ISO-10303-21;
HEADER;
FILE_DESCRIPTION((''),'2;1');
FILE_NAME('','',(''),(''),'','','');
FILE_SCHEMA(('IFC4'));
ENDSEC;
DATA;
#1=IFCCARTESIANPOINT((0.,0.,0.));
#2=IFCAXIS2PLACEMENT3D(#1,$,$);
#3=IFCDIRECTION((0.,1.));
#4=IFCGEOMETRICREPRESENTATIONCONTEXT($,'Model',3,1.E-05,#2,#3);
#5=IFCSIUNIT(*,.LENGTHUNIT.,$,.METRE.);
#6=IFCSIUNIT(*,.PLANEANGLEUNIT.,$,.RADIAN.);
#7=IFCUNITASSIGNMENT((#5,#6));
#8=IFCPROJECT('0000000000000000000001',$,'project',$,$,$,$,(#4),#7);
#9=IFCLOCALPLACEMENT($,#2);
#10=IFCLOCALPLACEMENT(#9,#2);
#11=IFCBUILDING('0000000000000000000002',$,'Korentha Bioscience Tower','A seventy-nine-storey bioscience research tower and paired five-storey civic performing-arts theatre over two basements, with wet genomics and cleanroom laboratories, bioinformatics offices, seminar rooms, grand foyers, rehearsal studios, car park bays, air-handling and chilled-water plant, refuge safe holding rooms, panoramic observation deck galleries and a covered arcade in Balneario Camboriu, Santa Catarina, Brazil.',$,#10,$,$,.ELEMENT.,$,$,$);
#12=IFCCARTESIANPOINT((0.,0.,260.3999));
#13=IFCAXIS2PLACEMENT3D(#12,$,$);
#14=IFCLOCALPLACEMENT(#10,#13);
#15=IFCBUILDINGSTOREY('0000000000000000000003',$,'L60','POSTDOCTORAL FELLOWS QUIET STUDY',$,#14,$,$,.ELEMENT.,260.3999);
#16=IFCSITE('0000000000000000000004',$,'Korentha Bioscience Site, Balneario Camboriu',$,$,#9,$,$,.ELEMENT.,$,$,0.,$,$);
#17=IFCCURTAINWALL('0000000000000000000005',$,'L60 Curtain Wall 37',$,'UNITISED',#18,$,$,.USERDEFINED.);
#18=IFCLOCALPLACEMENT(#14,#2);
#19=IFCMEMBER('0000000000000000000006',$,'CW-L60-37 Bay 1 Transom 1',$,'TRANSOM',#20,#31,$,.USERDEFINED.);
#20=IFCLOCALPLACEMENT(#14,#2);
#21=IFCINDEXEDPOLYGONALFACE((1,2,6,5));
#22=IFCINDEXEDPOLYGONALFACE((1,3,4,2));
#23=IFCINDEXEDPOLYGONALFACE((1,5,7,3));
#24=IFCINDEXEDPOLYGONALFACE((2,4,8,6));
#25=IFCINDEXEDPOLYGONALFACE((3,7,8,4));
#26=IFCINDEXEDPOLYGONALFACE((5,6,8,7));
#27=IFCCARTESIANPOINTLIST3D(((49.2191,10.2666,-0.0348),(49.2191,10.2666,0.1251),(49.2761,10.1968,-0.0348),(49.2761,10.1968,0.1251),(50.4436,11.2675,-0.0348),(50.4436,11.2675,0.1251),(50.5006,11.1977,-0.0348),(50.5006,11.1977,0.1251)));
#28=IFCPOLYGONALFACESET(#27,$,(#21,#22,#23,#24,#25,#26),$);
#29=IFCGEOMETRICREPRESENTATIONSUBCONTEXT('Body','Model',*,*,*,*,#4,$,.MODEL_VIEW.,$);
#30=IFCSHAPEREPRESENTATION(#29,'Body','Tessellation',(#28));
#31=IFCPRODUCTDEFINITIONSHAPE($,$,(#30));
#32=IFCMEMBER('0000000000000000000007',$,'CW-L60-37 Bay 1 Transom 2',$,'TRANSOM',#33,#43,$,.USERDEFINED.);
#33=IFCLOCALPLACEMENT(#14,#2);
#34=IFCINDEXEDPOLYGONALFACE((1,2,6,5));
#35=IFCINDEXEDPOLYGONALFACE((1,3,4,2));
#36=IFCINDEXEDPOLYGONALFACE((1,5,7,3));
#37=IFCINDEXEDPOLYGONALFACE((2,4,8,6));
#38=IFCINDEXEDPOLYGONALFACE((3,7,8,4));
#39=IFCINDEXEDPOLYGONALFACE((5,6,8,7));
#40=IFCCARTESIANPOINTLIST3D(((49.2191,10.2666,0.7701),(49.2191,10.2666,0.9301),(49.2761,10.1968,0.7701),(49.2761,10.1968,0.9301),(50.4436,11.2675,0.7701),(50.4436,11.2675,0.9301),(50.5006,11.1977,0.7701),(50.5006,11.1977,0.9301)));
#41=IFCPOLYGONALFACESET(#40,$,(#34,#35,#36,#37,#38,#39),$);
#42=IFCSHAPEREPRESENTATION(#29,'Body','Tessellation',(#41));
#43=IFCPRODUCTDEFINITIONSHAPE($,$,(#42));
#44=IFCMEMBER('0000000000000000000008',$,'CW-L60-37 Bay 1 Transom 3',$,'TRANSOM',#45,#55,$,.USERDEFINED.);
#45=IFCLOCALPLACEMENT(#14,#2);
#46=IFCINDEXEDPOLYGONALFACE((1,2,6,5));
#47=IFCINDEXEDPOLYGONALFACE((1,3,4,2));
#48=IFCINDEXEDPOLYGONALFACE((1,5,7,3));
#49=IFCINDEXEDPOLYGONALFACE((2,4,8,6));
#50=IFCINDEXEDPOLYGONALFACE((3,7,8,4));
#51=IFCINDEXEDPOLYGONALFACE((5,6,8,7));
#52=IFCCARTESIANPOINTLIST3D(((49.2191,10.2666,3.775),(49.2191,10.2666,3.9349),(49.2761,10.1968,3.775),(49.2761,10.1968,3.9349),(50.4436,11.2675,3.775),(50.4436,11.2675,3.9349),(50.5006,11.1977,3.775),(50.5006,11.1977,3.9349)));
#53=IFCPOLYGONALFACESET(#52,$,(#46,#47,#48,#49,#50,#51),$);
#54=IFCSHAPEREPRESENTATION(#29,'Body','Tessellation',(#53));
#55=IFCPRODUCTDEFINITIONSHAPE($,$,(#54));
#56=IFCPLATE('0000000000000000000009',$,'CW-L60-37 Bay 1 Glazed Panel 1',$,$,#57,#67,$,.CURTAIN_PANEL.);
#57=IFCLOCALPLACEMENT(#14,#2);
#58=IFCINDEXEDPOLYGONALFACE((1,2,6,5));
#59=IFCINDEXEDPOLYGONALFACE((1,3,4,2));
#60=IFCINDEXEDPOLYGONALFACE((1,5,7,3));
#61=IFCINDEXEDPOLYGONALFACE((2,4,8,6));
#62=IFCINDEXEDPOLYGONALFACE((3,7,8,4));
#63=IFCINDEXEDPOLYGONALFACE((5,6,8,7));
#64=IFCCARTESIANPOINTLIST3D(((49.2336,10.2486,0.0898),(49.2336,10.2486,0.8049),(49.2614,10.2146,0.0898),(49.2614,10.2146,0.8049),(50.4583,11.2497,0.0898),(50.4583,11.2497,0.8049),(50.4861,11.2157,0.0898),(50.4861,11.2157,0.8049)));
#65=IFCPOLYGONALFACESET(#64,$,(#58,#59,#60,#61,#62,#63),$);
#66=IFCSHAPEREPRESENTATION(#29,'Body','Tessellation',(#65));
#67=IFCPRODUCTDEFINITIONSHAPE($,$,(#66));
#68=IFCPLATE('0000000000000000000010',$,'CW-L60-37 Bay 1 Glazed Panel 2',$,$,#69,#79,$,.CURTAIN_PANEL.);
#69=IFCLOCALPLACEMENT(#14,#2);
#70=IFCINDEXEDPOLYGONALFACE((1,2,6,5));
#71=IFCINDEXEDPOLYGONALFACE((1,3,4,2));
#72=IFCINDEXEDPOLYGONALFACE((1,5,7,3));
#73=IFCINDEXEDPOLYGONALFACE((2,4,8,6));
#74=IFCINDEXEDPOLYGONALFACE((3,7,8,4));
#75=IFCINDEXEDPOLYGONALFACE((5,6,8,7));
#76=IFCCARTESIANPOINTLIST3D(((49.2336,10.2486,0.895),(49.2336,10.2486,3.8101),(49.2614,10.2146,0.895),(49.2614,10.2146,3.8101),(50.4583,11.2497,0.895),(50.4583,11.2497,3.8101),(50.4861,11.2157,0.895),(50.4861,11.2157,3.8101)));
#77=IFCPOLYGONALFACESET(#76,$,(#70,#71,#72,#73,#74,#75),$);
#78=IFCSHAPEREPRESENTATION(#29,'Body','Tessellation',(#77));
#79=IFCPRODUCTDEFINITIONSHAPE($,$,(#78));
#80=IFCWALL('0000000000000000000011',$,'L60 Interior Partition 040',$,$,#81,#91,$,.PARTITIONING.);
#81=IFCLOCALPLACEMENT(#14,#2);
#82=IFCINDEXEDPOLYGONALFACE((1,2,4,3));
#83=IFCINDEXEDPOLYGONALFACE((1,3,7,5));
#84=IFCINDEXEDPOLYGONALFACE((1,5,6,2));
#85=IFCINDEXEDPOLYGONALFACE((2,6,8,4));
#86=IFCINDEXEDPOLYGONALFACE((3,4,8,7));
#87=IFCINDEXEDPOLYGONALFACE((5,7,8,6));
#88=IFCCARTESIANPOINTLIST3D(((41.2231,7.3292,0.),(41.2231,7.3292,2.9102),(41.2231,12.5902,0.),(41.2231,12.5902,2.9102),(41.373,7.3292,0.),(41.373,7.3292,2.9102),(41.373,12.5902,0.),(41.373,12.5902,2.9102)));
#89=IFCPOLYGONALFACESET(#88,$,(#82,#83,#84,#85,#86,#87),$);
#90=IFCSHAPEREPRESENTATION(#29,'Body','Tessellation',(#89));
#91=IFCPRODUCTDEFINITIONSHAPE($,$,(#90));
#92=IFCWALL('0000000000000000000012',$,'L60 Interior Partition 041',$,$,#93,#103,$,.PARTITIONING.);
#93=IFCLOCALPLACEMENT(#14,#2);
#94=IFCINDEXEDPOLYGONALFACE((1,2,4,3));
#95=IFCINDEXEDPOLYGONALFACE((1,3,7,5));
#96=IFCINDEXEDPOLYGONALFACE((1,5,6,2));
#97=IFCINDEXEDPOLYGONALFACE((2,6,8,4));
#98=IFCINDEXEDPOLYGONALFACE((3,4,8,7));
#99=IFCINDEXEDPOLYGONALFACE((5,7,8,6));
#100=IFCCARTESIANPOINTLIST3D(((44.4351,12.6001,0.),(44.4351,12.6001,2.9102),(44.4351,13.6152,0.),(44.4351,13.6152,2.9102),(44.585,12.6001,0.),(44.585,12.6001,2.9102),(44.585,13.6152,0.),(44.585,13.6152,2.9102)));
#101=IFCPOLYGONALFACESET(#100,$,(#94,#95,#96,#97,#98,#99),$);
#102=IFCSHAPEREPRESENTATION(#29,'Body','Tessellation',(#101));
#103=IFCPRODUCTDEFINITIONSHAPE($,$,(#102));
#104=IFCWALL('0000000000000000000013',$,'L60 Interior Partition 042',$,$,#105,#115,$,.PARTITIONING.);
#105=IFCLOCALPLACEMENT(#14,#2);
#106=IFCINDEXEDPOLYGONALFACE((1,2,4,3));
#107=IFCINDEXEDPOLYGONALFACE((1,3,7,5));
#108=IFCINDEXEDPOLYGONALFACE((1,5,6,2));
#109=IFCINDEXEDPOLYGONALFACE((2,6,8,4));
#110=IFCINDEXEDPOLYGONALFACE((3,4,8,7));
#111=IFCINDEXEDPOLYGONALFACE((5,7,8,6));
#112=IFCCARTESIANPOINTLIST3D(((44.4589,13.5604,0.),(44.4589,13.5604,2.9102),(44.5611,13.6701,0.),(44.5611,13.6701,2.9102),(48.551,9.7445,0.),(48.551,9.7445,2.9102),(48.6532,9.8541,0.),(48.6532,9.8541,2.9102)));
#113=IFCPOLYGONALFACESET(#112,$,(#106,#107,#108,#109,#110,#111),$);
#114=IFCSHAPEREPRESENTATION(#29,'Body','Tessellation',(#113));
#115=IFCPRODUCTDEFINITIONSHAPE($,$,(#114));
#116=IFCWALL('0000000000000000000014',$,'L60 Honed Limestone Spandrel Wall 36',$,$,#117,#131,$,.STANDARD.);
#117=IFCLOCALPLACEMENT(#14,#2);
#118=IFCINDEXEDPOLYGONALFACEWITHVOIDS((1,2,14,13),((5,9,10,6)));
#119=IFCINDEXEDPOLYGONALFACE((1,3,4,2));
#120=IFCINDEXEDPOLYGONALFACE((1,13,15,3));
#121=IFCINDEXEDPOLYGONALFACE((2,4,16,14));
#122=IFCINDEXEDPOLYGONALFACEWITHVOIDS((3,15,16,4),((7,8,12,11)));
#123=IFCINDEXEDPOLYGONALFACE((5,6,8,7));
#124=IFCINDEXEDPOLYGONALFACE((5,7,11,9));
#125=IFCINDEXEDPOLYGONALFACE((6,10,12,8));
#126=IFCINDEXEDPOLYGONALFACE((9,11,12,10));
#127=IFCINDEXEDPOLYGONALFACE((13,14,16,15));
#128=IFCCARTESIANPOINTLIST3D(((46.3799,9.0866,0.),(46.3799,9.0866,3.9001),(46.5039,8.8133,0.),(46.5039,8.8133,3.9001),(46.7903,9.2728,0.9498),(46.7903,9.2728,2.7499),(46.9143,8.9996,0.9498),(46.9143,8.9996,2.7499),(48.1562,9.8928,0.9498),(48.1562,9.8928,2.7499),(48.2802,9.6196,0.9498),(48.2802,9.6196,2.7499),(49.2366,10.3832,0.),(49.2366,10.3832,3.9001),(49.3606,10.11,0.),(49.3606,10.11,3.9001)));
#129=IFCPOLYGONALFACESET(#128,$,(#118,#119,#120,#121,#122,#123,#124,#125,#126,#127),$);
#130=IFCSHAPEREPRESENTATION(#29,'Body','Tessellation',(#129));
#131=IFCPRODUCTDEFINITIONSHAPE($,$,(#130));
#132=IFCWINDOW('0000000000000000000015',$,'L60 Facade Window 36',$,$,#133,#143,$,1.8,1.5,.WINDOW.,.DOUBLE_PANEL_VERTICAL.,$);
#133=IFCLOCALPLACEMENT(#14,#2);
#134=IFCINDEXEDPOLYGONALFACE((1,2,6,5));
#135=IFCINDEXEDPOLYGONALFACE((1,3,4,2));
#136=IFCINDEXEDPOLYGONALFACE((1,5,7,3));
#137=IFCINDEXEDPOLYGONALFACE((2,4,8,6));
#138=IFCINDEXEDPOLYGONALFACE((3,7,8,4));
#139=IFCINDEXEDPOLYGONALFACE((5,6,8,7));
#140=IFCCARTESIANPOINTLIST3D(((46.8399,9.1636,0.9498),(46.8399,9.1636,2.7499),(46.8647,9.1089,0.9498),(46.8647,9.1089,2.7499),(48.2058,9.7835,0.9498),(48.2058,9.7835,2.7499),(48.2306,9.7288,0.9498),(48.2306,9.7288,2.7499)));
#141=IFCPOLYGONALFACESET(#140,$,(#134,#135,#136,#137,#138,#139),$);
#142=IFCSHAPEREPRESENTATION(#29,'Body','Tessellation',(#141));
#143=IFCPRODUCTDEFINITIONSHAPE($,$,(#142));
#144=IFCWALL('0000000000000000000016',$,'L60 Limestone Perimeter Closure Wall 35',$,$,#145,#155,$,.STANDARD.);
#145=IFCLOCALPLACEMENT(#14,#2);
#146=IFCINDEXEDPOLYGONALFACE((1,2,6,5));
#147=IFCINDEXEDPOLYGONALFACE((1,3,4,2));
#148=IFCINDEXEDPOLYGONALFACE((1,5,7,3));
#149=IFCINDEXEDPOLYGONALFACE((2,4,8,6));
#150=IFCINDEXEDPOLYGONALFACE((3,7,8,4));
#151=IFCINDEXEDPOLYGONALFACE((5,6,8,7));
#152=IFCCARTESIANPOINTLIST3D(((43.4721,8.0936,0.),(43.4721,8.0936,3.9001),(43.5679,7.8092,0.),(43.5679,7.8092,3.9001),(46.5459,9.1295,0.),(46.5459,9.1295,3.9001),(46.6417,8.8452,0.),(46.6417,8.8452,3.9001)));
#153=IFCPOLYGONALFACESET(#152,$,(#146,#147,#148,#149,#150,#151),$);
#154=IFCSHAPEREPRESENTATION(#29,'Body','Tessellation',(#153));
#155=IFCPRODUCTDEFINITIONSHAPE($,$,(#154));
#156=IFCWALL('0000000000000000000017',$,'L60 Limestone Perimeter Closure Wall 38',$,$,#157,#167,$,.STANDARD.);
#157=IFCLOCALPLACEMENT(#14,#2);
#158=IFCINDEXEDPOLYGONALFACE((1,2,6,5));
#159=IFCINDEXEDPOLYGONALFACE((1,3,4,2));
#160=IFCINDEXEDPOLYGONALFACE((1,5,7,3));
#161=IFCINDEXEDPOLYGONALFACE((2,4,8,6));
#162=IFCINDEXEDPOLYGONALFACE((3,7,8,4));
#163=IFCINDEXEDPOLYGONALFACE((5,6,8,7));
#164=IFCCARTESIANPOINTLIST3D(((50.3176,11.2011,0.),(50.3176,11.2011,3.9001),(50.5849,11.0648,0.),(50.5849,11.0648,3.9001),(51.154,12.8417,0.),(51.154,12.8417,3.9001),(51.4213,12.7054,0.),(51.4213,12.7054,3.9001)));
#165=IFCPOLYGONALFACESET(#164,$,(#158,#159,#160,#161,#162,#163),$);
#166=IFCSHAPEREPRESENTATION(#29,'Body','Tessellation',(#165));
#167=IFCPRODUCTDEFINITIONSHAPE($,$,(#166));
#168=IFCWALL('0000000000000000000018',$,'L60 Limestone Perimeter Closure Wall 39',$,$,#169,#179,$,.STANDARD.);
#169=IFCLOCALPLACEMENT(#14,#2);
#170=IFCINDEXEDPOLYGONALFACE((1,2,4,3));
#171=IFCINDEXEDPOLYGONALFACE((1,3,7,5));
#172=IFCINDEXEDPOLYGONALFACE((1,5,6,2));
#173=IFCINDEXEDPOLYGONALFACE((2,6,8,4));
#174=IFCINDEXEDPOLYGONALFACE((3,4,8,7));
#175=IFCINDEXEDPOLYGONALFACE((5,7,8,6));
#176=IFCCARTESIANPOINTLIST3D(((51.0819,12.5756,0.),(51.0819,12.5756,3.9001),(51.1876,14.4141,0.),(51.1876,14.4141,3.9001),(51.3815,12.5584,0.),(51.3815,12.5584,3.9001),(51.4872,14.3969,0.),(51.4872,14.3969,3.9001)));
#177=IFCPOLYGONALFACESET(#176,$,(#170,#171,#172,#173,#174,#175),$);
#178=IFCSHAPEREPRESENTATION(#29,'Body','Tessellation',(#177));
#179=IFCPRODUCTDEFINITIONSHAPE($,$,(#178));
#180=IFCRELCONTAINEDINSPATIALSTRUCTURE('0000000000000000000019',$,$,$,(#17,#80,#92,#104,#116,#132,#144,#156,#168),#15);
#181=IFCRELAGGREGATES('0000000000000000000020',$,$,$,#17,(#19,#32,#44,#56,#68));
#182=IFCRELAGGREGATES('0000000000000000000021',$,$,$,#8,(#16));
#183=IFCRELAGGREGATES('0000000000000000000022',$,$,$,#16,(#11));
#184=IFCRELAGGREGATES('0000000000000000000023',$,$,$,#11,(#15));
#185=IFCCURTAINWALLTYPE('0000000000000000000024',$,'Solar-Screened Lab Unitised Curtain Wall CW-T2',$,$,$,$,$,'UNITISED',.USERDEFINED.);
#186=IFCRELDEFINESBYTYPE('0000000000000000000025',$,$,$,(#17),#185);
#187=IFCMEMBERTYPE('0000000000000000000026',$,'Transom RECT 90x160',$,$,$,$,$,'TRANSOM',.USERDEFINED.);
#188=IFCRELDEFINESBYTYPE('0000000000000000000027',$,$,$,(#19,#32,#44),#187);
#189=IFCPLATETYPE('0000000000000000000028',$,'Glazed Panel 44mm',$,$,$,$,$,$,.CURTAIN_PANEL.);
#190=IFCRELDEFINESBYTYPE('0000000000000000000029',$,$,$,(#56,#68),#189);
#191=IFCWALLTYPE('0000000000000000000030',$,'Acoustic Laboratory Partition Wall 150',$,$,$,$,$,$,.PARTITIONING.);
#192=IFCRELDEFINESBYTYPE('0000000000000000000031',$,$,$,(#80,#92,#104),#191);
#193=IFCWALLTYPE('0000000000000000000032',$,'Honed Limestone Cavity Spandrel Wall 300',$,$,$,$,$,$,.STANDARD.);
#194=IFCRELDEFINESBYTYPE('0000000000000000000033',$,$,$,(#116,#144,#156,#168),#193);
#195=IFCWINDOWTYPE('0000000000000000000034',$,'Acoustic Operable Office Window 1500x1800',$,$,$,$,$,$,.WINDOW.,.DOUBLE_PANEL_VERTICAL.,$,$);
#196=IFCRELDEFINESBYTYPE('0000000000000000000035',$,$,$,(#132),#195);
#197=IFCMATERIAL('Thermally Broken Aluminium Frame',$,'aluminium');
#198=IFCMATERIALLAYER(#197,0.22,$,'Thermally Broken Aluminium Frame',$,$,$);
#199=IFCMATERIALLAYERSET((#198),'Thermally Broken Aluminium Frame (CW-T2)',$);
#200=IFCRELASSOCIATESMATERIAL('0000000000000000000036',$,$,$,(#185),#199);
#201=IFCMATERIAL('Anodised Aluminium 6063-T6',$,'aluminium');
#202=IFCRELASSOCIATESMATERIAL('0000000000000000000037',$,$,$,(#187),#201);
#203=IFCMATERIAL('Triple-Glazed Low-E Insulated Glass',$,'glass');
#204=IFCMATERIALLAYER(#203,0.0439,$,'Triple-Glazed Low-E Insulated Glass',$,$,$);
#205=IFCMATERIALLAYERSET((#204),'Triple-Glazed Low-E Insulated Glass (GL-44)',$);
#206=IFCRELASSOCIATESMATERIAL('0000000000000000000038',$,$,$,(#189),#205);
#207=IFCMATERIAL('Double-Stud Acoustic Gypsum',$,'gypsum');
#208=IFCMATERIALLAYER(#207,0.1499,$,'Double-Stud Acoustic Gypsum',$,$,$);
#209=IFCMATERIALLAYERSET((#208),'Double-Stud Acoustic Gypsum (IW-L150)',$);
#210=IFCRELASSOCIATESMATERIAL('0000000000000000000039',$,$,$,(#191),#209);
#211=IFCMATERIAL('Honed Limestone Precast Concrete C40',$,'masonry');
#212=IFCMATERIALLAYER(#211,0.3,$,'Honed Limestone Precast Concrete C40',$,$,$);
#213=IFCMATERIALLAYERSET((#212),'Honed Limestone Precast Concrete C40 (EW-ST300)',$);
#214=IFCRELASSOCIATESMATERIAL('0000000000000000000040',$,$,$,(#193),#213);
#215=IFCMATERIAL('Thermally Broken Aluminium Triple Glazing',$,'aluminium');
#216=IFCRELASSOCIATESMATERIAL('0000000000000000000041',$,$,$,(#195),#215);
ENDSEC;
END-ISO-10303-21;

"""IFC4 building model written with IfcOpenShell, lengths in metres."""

from ifc_helpers import new_model, si_unit, direction, frame, frame_2d, origin, origin_2d, place, context, subcontext, project, spatial, rectangle, extrude, material, layer, layer_set, material_profile, profile_set, type_object, element, fill, aggregate, save


model = new_model("IFC4")

# Units and contexts
model_context = context("Model", 3, precision=1e-05, world=origin(), true_north=direction((0.0, 1.0)))
body_context = subcontext(model_context, "Body", "Model", "MODEL_VIEW")
ifc_project = project(units=[si_unit("LENGTHUNIT", "METRE"), si_unit("PLANEANGLEUNIT", "RADIAN")], contexts=[model_context])

# Site, building, storey
site_placement = place(None, origin())
site = spatial("IfcSite", under=ifc_project, at=site_placement, Name="Korentha Bioscience Site, Balneario Camboriu", CompositionType="ELEMENT", RefElevation=0.0)
building_placement = place(site_placement, origin())
building = spatial("IfcBuilding", under=site, at=building_placement, Name="Korentha Bioscience Tower", Description="A seventy-nine-storey bioscience research tower and paired five-storey civic performing-arts theatre over two basements, with wet genomics and cleanroom laboratories, bioinformatics offices, seminar rooms, grand foyers, rehearsal studios, car park bays, air-handling and chilled-water plant, refuge safe holding rooms, panoramic observation deck galleries and a covered arcade in Balneario Camboriu, Santa Catarina, Brazil.", CompositionType="ELEMENT")
storey_placement = place(building_placement, frame((0.0, 0.0, 260.3999)))
storey = spatial("IfcBuildingStorey", under=building, at=storey_placement, Name="L60", Description="POSTDOCTORAL FELLOWS QUIET STUDY", CompositionType="ELEMENT", Elevation=260.3999)

# Curtain wall
ifc_material_1 = material(Name="Thermally Broken Aluminium Frame", Category="aluminium")
ifc_layer_1 = layer(ifc_material_1, 0.22, Name="Thermally Broken Aluminium Frame")
ifc_layer_set_1 = layer_set([ifc_layer_1], Name="Thermally Broken Aluminium Frame (CW-T2)")
curtain_wall_type = type_object("IfcCurtainWallType", Name="Solar-Screened Lab Unitised Curtain Wall CW-T2", ElementType="UNITISED", PredefinedType="USERDEFINED", material=ifc_layer_set_1)
curtain_wall_placement = place(storey_placement, origin())
curtain_wall = element("IfcCurtainWall", 1, at=curtain_wall_placement, inside=storey, type_object=curtain_wall_type, Name="L60 Curtain Wall 37", ObjectType="UNITISED", PredefinedType="USERDEFINED")
ifc_material_2 = material(Name="Anodised Aluminium 6063-T6", Category="aluminium")

# Members
ifc_material_profile_1 = material_profile(ifc_material_2, rectangle(XDim=0.0901, YDim=0.1599, at=origin_2d()), Name="Anodised Aluminium 6063-T6")
ifc_profile_set_1 = profile_set([ifc_material_profile_1], Name="Anodised Aluminium 6063-T6 (CW-TRN)")
member_type_1 = type_object("IfcMemberType", Name="Transom RECT 90x160", ElementType="TRANSOM", PredefinedType="USERDEFINED", material=ifc_profile_set_1)
member_1_placement = place(storey_placement, frame((49.2476, 10.2317, 0.0452), z_axis=(0.77426, 0.632868, 0.0), x_axis=(-0.632868, 0.77426, 0.0)))
member_1 = element("IfcMember", 2, at=member_1_placement, type_object=member_type_1, Name="CW-L60-37 Bay 1 Transom 1", ObjectType="TRANSOM", PredefinedType="USERDEFINED", context=body_context, shape_type="SweptSolid", body=[
    extrude(rectangle(XDim=0.0901, YDim=0.1599, at=origin_2d()), origin(), (0.0, 0.0, 1.0), 1.5815),
])
member_2_placement = place(storey_placement, frame((49.2476, 10.2317, 0.8501), z_axis=(0.77426, 0.632868, 0.0), x_axis=(-0.632868, 0.77426, 0.0)))
member_2 = element("IfcMember", 3, at=member_2_placement, type_object=member_type_1, Name="CW-L60-37 Bay 1 Transom 2", ObjectType="TRANSOM", PredefinedType="USERDEFINED", context=body_context, shape_type="SweptSolid", body=[
    extrude(rectangle(XDim=0.0901, YDim=0.1599, at=origin_2d()), origin(), (0.0, 0.0, 1.0), 1.5815),
])
member_3_placement = place(storey_placement, frame((49.2476, 10.2317, 3.855), z_axis=(0.77426, 0.632868, 0.0), x_axis=(-0.632868, 0.77426, 0.0)))
member_3 = element("IfcMember", 4, at=member_3_placement, type_object=member_type_1, Name="CW-L60-37 Bay 1 Transom 3", ObjectType="TRANSOM", PredefinedType="USERDEFINED", context=body_context, shape_type="SweptSolid", body=[
    extrude(rectangle(XDim=0.0901, YDim=0.1599, at=origin_2d()), origin(), (0.0, 0.0, 1.0), 1.5815),
])

# Plates
ifc_material_3 = material(Name="Triple-Glazed Low-E Insulated Glass", Category="glass")
ifc_layer_2 = layer(ifc_material_3, 0.0439, Name="Triple-Glazed Low-E Insulated Glass")
ifc_layer_set_2 = layer_set([ifc_layer_2], Name="Triple-Glazed Low-E Insulated Glass (GL-44)")
plate_type = type_object("IfcPlateType", Name="Glazed Panel 44mm", PredefinedType="CURTAIN_PANEL", material=ifc_layer_set_2)
plate_1_placement = place(storey_placement, frame((49.8599, 10.7322, 0.0898), z_axis=(0.0, 0.0, 1.0), x_axis=(0.774235, 0.632898, 0.0)))
plate_1 = element("IfcPlate", 5, at=plate_1_placement, type_object=plate_type, Name="CW-L60-37 Bay 1 Glazed Panel 1", PredefinedType="CURTAIN_PANEL", context=body_context, shape_type="SweptSolid", body=[
    extrude(rectangle(XDim=1.5818, YDim=0.0439, at=origin_2d()), origin(), (0.0, 0.0, 1.0), 0.7151),
])
plate_2_placement = place(storey_placement, frame((49.8599, 10.7322, 0.895), z_axis=(0.0, 0.0, 1.0), x_axis=(0.774235, 0.632898, 0.0)))
plate_2 = element("IfcPlate", 6, at=plate_2_placement, type_object=plate_type, Name="CW-L60-37 Bay 1 Glazed Panel 2", PredefinedType="CURTAIN_PANEL", context=body_context, shape_type="SweptSolid", body=[
    extrude(rectangle(XDim=1.5818, YDim=0.0439, at=origin_2d()), origin(), (0.0, 0.0, 1.0), 2.915),
])
aggregate(curtain_wall, [member_1, member_2, member_3, plate_1, plate_2])

# Shared definitions
ifc_material_4 = material(Name="Double-Stud Acoustic Gypsum", Category="gypsum")
ifc_layer_3 = layer(ifc_material_4, 0.1499, Name="Double-Stud Acoustic Gypsum")
ifc_layer_set_3 = layer_set([ifc_layer_3], Name="Double-Stud Acoustic Gypsum (IW-L150)")
wall_type_1 = type_object("IfcWallType", Name="Acoustic Laboratory Partition Wall 150", PredefinedType="PARTITIONING", material=ifc_layer_set_3)

# Walls
wall_1_placement = place(storey_placement, frame((41.2981, 12.5901, 0.0), z_axis=(0.0, 0.0, 1.0), x_axis=(0.0, -1.0, 0.0)))
element("IfcWall", 7, at=wall_1_placement, inside=storey, type_object=wall_type_1, Name="L60 Interior Partition 040", PredefinedType="PARTITIONING", context=body_context, shape_type="SweptSolid", body=[
    extrude(rectangle(XDim=5.261, YDim=0.1499, at=frame_2d((2.6304, 0.0))), origin(), (0.0, 0.0, 1.0), 2.9102),
])
wall_2_placement = place(storey_placement, frame((44.51, 12.6001, 0.0), z_axis=(0.0, 0.0, 1.0), x_axis=(0.0, 1.0, 0.0)))
element("IfcWall", 8, at=wall_2_placement, inside=storey, type_object=wall_type_1, Name="L60 Interior Partition 041", PredefinedType="PARTITIONING", context=body_context, shape_type="SweptSolid", body=[
    extrude(rectangle(XDim=1.0151, YDim=0.1499, at=frame_2d((0.5076, 0.0))), origin(), (0.0, 0.0, 1.0), 2.9102),
])
wall_3_placement = place(storey_placement, frame((44.51, 13.6152, 0.0), z_axis=(0.0, 0.0, 1.0), x_axis=(0.731351, -0.682001, 0.0)))
element("IfcWall", 9, at=wall_3_placement, inside=storey, type_object=wall_type_1, Name="L60 Interior Partition 042", PredefinedType="PARTITIONING", context=body_context, shape_type="SweptSolid", body=[
    extrude(rectangle(XDim=5.5952, YDim=0.1499, at=frame_2d((2.7976, 0.0))), origin(), (0.0, 0.0, 1.0), 2.9102),
])

# Wall, opening, window
ifc_material_5 = material(Name="Honed Limestone Precast Concrete C40", Category="masonry")
ifc_layer_4 = layer(ifc_material_5, 0.3, Name="Honed Limestone Precast Concrete C40")
ifc_layer_set_4 = layer_set([ifc_layer_4], Name="Honed Limestone Precast Concrete C40 (EW-ST300)")
wall_type_2 = type_object("IfcWallType", Name="Honed Limestone Cavity Spandrel Wall 300", PredefinedType="STANDARD", material=ifc_layer_set_4)
wall_4_placement = place(storey_placement, frame((46.4419, 8.95, 0.0), z_axis=(0.0, 0.0, 1.0), x_axis=(0.91059, 0.41331, 0.0)))
wall_4 = element("IfcWall", 10, at=wall_4_placement, inside=storey, type_object=wall_type_2, Name="L60 Honed Limestone Spandrel Wall 36", PredefinedType="STANDARD", context=body_context, shape_type="SweptSolid", body=[
    extrude(rectangle(XDim=3.1372, YDim=0.3, at=frame_2d((1.5686, 0.0))), origin(), (0.0, 0.0, 1.0), 3.9001),
])
opening_1_placement = place(wall_4_placement, frame((0.4507, 0.0, 0.95)))
opening_1 = element("IfcOpeningElement", 11, at=opening_1_placement, cuts=wall_4, PredefinedType="OPENING", context=body_context, shape_type="SweptSolid", body=[
    extrude(rectangle(XDim=1.5, YDim=1.8, at=frame_2d((0.75, 0.8999))), frame((0.0, 0.165, 0.0), z_axis=(0.0, -1.0, 0.0), x_axis=(1.0, 0.0, 0.0)), (0.0, 0.0, 1.0), 0.3298),
])
ifc_material_6 = material(Name="Thermally Broken Aluminium Triple Glazing", Category="aluminium")
window_type = type_object("IfcWindowType", Name="Acoustic Operable Office Window 1500x1800", PartitioningType="DOUBLE_PANEL_VERTICAL", PredefinedType="WINDOW", material=ifc_material_6)
window_placement = place(opening_1_placement, origin())
window = element("IfcWindow", 12, at=window_placement, inside=storey, type_object=window_type, Name="L60 Facade Window 36", OverallHeight=1.8, OverallWidth=1.5, PartitioningType="DOUBLE_PANEL_VERTICAL", PredefinedType="WINDOW", context=body_context, shape_type="SweptSolid", body=[
    extrude(rectangle(XDim=1.5, YDim=1.8, at=frame_2d((0.75, 0.8999))), frame((0.0, 0.03, 0.0), z_axis=(0.0, -1.0, 0.0), x_axis=(1.0, 0.0, 0.0)), (0.0, 0.0, 1.0), 0.0601),
])
fill(opening_1, window)

# Walls
wall_5_placement = place(storey_placement, frame((43.52, 7.9514, 0.0), z_axis=(0.0, 0.0, 1.0), x_axis=(0.947632, 0.319365, 0.0)))
element("IfcWall", 13, at=wall_5_placement, inside=storey, type_object=wall_type_2, Name="L60 Limestone Perimeter Closure Wall 35", PredefinedType="STANDARD", context=body_context, shape_type="SweptSolid", body=[
    extrude(rectangle(XDim=3.2437, YDim=0.3, at=frame_2d((1.6218, 0.0))), origin(), (0.0, 0.0, 1.0), 3.9001),
])
for number, where, z_axis, x_axis, name in (
    (14, (50.4512, 11.1328, 0.0), (0.0, 0.0, 1.0), (0.4542, 0.8909, 0.0), "L60 Limestone Perimeter Closure Wall 38"),
    (15, (51.2317, 12.5669, 0.0), (0.0, 0.0, 1.0), (0.057401, 0.998351, 0.0), "L60 Limestone Perimeter Closure Wall 39"),
):
    element("IfcWall", number, at=place(storey_placement, frame(where, z_axis=z_axis, x_axis=x_axis)), inside=storey, type_object=wall_type_2, Name=name, PredefinedType="STANDARD", context=body_context, shape_type="SweptSolid", body=[
        extrude(rectangle(XDim=1.8416, YDim=0.3, at=frame_2d((0.9209, 0.0))), origin(), (0.0, 0.0, 1.0), 3.9001),
    ])

save(model, "model.ifc")
